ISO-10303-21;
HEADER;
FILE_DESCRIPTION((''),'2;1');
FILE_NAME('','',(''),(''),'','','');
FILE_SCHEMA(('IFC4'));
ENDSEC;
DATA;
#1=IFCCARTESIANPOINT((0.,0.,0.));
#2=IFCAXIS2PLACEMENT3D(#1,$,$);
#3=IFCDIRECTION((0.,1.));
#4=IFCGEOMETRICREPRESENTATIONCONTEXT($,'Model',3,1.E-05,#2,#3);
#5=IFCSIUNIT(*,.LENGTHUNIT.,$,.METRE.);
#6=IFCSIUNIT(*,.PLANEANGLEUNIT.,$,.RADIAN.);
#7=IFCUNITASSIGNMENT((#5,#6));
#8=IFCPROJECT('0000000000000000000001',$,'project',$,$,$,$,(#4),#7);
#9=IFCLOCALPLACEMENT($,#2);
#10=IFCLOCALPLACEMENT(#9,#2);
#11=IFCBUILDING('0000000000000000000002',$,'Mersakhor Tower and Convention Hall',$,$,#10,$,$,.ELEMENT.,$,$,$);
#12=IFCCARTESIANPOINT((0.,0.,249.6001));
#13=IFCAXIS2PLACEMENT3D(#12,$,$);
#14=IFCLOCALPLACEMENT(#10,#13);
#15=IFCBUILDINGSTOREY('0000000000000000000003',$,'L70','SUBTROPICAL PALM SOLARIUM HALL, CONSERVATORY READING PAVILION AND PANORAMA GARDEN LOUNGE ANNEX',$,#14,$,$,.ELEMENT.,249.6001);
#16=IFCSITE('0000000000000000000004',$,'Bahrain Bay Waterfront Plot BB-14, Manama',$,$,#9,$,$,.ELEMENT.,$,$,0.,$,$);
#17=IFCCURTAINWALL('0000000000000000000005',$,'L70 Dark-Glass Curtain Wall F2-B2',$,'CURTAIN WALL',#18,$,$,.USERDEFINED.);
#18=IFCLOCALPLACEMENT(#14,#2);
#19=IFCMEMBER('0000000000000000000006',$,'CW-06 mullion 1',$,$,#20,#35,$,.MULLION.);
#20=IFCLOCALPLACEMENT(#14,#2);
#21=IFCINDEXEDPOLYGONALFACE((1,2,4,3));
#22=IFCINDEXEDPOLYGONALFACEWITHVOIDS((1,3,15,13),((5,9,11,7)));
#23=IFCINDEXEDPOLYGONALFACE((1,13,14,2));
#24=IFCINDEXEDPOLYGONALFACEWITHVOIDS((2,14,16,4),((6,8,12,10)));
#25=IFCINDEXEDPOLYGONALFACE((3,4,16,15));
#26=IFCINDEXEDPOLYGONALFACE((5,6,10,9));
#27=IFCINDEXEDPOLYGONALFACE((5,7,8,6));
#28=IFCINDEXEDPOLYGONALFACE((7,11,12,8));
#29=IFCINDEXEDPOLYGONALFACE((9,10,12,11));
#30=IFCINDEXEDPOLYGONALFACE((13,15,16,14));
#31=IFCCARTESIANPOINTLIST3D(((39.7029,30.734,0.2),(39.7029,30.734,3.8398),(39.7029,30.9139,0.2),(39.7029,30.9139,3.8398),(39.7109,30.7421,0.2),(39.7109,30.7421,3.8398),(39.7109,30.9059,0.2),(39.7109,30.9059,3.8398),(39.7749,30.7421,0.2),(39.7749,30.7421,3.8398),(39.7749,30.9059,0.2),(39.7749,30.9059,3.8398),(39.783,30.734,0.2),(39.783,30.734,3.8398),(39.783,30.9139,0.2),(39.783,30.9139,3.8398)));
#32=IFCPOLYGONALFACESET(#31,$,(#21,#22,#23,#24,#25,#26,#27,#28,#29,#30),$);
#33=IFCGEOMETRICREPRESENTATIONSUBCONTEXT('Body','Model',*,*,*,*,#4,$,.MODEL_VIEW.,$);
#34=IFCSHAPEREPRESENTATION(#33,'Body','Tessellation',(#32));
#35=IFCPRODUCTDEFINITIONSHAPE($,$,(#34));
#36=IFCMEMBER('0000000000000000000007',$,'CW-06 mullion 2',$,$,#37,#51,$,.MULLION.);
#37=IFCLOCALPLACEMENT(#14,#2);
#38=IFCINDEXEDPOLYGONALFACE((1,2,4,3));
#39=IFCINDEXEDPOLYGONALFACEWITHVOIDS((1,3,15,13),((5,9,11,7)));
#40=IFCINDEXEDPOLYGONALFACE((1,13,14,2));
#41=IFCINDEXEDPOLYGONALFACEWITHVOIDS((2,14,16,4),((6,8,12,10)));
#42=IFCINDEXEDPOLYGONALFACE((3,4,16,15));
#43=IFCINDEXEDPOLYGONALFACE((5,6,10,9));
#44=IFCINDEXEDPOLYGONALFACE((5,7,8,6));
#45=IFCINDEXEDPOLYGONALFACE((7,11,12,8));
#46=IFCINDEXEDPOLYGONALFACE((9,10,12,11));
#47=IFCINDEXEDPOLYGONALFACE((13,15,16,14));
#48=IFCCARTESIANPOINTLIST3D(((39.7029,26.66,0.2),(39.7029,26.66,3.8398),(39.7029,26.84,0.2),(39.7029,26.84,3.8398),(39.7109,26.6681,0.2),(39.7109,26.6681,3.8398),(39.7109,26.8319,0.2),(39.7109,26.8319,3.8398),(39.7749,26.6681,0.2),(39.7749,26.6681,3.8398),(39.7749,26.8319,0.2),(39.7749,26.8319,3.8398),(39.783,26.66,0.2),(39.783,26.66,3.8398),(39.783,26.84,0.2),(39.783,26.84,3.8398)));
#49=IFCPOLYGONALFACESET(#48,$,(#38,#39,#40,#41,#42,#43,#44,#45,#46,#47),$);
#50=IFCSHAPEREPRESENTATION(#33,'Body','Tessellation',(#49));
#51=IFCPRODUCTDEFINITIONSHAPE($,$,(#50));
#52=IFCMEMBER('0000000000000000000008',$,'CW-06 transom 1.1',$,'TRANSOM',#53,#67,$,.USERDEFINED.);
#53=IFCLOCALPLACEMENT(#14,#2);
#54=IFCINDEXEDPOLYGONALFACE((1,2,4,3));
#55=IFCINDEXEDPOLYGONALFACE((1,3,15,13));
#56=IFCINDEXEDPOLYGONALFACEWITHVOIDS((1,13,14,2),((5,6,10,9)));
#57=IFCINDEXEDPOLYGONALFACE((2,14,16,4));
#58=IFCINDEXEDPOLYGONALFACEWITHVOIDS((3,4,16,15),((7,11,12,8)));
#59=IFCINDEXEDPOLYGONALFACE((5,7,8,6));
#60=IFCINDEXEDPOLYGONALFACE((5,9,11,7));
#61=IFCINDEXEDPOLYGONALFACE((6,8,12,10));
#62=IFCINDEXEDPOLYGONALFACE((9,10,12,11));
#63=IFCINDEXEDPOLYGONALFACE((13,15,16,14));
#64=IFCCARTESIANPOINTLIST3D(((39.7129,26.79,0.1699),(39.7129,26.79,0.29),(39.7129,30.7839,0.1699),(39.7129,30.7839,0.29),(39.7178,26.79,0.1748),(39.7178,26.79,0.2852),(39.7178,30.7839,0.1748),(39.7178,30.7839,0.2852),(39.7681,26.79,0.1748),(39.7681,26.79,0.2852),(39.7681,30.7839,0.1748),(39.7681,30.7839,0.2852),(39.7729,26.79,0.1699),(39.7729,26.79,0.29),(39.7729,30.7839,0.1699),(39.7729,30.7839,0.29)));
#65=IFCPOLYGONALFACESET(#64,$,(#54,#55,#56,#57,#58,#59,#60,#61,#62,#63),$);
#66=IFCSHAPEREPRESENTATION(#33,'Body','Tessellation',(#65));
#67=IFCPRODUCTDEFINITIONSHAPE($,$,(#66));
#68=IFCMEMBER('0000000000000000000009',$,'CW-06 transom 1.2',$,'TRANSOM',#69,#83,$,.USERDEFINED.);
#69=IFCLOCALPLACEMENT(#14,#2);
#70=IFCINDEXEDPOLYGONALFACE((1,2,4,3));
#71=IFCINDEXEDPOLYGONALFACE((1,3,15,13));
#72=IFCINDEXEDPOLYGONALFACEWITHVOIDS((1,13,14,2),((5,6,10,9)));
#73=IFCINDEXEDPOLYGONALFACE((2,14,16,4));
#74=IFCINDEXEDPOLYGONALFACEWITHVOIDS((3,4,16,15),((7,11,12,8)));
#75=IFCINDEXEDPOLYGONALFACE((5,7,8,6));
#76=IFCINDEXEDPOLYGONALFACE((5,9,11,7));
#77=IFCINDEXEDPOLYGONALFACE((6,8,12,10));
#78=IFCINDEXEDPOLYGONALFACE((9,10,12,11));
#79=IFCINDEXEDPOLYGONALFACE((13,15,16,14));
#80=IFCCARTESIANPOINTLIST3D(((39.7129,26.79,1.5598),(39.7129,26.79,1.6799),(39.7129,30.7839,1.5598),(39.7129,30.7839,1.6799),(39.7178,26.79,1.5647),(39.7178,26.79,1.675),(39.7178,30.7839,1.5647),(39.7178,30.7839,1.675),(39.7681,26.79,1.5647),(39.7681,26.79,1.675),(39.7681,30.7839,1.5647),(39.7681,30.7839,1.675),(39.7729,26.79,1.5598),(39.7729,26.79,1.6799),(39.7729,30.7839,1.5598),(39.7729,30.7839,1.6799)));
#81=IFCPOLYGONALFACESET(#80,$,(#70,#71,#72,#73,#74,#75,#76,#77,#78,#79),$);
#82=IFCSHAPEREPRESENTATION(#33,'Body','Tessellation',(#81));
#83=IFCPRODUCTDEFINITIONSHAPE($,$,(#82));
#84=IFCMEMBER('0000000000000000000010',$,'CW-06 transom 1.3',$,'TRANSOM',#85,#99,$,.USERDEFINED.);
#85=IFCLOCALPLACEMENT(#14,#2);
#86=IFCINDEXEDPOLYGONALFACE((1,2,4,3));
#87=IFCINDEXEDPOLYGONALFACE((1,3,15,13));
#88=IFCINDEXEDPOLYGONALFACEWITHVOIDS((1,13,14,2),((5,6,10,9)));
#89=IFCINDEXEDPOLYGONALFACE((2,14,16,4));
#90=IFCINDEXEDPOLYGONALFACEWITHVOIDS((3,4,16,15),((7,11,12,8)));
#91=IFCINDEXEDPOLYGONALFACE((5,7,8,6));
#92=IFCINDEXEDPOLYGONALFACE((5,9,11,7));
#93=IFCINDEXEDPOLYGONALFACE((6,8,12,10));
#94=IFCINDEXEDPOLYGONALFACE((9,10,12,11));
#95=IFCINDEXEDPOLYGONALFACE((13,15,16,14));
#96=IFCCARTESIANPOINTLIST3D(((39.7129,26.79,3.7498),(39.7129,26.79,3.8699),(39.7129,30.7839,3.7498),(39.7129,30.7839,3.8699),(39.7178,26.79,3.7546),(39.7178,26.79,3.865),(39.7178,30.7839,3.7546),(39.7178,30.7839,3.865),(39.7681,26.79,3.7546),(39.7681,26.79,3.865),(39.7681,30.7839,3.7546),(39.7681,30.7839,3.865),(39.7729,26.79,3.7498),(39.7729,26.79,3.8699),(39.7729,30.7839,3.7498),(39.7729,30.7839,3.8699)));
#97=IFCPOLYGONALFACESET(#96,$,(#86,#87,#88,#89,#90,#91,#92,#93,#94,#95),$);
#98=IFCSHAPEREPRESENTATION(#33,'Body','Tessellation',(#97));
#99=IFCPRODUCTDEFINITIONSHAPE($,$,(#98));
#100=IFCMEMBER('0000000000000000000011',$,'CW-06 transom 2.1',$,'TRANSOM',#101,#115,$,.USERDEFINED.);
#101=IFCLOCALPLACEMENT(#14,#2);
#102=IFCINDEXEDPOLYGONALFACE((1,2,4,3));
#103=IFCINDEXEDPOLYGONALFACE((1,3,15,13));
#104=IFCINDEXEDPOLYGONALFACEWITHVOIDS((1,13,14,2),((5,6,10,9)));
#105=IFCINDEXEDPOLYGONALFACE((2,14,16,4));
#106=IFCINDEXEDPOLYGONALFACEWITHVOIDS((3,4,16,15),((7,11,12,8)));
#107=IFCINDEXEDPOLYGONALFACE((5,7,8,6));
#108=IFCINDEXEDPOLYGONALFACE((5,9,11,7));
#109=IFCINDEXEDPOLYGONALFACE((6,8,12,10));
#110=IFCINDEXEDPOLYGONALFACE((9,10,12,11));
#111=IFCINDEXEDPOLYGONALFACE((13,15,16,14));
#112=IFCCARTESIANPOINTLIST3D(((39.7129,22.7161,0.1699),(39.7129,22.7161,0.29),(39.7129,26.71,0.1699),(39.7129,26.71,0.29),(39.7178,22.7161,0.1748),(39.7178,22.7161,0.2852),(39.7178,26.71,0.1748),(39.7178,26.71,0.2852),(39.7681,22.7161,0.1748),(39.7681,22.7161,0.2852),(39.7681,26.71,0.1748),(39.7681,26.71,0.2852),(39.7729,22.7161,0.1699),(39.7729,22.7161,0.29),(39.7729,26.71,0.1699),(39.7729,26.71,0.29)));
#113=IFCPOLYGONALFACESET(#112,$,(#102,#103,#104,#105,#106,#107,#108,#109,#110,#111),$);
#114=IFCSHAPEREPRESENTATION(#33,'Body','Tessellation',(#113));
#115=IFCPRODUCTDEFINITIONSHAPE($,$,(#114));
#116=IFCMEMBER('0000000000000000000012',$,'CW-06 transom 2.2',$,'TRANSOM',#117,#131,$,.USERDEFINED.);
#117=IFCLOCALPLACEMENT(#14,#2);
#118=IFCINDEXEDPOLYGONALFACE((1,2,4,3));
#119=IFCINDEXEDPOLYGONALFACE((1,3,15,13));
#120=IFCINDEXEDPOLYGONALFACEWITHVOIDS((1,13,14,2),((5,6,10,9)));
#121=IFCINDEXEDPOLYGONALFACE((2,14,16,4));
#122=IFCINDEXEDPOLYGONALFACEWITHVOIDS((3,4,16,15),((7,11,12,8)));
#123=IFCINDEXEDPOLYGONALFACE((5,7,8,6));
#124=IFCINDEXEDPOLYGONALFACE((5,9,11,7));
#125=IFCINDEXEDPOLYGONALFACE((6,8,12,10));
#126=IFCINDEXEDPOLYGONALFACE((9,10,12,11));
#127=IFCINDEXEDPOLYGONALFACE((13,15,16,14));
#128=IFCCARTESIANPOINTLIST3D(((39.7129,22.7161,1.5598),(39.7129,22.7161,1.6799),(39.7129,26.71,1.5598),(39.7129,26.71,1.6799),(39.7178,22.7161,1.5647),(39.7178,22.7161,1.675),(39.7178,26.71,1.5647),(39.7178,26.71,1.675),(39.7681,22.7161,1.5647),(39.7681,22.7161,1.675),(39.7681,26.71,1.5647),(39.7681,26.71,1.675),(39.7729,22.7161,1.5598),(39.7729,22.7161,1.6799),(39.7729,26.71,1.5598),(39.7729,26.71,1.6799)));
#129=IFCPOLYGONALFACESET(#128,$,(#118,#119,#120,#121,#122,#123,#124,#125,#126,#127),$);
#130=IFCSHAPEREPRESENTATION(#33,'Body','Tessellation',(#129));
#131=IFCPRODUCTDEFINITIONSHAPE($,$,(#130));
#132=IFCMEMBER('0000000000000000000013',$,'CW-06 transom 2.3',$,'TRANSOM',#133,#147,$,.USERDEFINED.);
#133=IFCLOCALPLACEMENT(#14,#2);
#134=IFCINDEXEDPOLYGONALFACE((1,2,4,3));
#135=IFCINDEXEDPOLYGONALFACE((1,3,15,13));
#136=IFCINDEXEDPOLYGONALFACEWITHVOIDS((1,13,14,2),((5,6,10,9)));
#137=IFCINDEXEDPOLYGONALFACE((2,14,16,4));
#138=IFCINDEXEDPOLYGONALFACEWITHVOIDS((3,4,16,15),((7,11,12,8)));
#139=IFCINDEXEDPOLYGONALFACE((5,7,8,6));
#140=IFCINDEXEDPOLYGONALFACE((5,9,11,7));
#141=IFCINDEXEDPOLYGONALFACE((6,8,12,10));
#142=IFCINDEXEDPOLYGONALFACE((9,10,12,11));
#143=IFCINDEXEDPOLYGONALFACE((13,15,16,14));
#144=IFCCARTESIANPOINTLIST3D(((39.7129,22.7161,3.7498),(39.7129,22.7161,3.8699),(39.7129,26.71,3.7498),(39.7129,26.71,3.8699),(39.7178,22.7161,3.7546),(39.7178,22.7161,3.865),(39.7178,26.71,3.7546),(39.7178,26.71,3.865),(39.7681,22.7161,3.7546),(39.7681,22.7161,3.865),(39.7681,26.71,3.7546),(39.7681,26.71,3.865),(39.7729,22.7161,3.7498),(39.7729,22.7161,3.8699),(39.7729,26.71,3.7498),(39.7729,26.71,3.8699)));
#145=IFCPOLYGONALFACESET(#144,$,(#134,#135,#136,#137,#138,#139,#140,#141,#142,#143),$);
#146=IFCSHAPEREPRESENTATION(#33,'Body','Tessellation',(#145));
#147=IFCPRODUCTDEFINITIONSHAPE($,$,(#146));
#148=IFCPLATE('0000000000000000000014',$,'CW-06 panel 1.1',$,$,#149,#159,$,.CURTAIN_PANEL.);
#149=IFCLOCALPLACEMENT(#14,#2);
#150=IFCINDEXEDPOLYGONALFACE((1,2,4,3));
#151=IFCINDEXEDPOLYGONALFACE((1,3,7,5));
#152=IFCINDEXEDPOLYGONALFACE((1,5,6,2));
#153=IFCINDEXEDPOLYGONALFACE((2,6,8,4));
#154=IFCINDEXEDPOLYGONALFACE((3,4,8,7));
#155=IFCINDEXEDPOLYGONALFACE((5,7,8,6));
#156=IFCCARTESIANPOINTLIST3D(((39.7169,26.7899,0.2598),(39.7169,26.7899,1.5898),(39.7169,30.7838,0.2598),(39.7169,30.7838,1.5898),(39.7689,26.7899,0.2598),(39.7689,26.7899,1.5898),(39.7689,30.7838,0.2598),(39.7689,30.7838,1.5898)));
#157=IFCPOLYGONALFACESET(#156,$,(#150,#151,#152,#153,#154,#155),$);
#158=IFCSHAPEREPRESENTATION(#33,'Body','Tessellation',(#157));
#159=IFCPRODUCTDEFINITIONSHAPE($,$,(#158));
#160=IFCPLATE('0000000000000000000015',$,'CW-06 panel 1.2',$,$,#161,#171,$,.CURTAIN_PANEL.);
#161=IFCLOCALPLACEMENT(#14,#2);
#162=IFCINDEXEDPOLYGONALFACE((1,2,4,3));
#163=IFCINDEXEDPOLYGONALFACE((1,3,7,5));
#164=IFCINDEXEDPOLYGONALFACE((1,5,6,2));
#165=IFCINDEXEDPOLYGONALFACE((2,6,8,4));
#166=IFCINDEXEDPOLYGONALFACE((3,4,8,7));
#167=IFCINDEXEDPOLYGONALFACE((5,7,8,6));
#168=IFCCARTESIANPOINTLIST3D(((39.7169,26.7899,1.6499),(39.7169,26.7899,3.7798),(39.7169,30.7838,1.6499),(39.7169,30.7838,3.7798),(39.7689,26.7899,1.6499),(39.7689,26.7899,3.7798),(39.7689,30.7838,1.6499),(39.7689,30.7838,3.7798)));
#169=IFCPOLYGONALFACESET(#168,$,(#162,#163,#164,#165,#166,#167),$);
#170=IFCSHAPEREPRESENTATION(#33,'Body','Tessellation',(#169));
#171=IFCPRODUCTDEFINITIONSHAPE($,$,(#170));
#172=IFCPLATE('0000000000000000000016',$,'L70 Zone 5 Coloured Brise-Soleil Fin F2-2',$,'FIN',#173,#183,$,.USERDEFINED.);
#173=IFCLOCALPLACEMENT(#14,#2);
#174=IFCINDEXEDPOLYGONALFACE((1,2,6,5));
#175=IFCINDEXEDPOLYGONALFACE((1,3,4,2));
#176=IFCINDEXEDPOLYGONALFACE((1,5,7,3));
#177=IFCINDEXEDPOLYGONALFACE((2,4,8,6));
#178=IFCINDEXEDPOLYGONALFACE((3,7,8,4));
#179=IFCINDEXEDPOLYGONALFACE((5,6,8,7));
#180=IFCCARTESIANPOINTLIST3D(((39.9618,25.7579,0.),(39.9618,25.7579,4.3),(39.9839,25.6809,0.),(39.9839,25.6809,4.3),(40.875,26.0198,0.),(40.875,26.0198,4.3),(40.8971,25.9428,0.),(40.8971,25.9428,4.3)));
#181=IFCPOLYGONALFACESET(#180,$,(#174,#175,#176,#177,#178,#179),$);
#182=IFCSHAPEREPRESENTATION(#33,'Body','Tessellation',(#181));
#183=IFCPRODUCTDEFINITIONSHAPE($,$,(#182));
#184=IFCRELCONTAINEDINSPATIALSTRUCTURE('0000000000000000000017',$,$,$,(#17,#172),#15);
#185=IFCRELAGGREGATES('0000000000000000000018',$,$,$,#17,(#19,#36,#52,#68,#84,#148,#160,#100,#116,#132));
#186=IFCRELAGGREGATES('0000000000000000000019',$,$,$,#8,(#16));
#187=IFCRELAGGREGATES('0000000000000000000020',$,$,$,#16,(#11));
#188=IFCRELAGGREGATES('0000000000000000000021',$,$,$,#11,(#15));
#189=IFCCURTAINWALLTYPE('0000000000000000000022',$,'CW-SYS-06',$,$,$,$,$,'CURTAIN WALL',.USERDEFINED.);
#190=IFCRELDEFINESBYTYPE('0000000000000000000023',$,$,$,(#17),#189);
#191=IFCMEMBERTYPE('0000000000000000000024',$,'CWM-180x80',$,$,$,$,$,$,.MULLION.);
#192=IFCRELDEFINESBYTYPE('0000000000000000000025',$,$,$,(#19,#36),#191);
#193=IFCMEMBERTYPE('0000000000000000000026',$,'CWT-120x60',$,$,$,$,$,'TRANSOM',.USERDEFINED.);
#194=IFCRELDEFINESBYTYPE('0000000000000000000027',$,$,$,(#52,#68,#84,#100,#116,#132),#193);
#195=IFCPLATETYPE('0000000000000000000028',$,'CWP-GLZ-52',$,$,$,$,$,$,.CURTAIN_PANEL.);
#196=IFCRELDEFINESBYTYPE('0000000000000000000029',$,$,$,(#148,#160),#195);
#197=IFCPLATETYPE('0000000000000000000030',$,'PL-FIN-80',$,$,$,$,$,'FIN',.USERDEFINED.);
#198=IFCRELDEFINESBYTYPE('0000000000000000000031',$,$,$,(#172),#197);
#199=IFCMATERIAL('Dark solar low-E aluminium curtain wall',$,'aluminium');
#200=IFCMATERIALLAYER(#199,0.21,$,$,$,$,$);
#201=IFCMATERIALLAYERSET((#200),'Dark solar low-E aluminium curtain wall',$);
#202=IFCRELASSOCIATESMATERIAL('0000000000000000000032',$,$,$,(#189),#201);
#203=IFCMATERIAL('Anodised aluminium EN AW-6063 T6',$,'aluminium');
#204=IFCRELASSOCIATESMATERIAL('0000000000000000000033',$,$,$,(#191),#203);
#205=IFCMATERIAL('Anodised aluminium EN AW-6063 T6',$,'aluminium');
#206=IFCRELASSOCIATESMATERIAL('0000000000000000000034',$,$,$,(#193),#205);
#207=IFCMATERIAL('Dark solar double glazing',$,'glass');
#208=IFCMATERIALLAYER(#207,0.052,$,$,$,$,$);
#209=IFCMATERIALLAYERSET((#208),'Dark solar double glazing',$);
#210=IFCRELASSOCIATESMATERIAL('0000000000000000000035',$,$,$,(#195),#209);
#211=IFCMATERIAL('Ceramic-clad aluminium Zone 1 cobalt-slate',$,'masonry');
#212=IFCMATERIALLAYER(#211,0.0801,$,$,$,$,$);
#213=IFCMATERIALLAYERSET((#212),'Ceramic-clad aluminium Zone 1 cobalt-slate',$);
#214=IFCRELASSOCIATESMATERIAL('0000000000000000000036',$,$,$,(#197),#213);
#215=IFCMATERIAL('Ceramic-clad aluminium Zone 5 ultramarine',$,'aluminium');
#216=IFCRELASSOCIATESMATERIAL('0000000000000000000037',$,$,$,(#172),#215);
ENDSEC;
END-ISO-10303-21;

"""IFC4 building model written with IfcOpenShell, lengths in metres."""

from ifc_helpers import new_model, si_unit, direction, frame, origin, origin_2d, place, context, subcontext, project, spatial, rectangle, hollow_rectangle, extrude, material, layer, layer_set, material_profile, profile_set, type_object, element, aggregate, save


model = new_model("IFC4")

# Units and contexts
model_context = context("Model", 3, precision=1e-05, world=origin(), true_north=direction((0.0, 1.0)))
body_context = subcontext(model_context, "Body", "Model", "MODEL_VIEW")
ifc_project = project(units=[si_unit("LENGTHUNIT", "METRE"), si_unit("PLANEANGLEUNIT", "RADIAN")], contexts=[model_context])

# Site, building, storey
site_placement = place(None, origin())
site = spatial("IfcSite", under=ifc_project, at=site_placement, Name="Bahrain Bay Waterfront Plot BB-14, Manama", CompositionType="ELEMENT", RefElevation=0.0)
building_placement = place(site_placement, origin())
building = spatial("IfcBuilding", under=site, at=building_placement, Name="Mersakhor Tower and Convention Hall", CompositionType="ELEMENT")
storey_placement = place(building_placement, frame((0.0, 0.0, 249.6001)))
storey = spatial("IfcBuildingStorey", under=building, at=storey_placement, Name="L70", Description="SUBTROPICAL PALM SOLARIUM HALL, CONSERVATORY READING PAVILION AND PANORAMA GARDEN LOUNGE ANNEX", CompositionType="ELEMENT", Elevation=249.6001)

# Curtain wall, members, plates
ifc_material_1 = material(Name="Dark solar low-E aluminium curtain wall", Category="aluminium")
ifc_layer_1 = layer(ifc_material_1, 0.21)
ifc_layer_set_1 = layer_set([ifc_layer_1], Name="Dark solar low-E aluminium curtain wall")
curtain_wall_type = type_object("IfcCurtainWallType", Name="CW-SYS-06", ElementType="CURTAIN WALL", PredefinedType="USERDEFINED", material=ifc_layer_set_1)
curtain_wall_placement = place(storey_placement, origin())
curtain_wall = element("IfcCurtainWall", 1, at=curtain_wall_placement, inside=storey, type_object=curtain_wall_type, Name="L70 Dark-Glass Curtain Wall F2-B2", ObjectType="CURTAIN WALL", PredefinedType="USERDEFINED")
ifc_material_2 = material(Name="Anodised aluminium EN AW-6063 T6", Category="aluminium")
ifc_material_profile_1 = material_profile(ifc_material_2, hollow_rectangle(XDim=0.0801, YDim=0.1799, WallThickness=0.0081, at=origin_2d()), Name="RHS 180x80x8")
ifc_profile_set_1 = profile_set([ifc_material_profile_1], Name="Anodised aluminium EN AW-6063 T6")
member_type_1 = type_object("IfcMemberType", Name="CWM-180x80", PredefinedType="MULLION", material=ifc_profile_set_1)
member_1_placement = place(storey_placement, frame((39.7429, 30.824, 0.2), z_axis=(0.0, 0.0, 1.0), x_axis=(1.0, 0.0, 0.0)))
member_1 = element("IfcMember", 2, at=member_1_placement, type_object=member_type_1, Name="CW-06 mullion 1", PredefinedType="MULLION", context=body_context, shape_type="SweptSolid", body=[
    extrude(hollow_rectangle(XDim=0.0801, YDim=0.1799, WallThickness=0.0081, at=origin_2d()), origin(), (0.0, 0.0, 1.0), 3.6399),
])
member_2_placement = place(storey_placement, frame((39.7429, 26.75, 0.2), z_axis=(0.0, 0.0, 1.0), x_axis=(1.0, 0.0, 0.0)))
member_2 = element("IfcMember", 3, at=member_2_placement, type_object=member_type_1, Name="CW-06 mullion 2", PredefinedType="MULLION", context=body_context, shape_type="SweptSolid", body=[
    extrude(hollow_rectangle(XDim=0.0801, YDim=0.1799, WallThickness=0.0081, at=origin_2d()), origin(), (0.0, 0.0, 1.0), 3.6399),
])
ifc_material_3 = material(Name="Anodised aluminium EN AW-6063 T6", Category="aluminium")
ifc_material_profile_2 = material_profile(ifc_material_3, hollow_rectangle(XDim=0.0601, YDim=0.1201, WallThickness=0.0049, at=origin_2d()), Name="RHS 120x60x5")
ifc_profile_set_2 = profile_set([ifc_material_profile_2], Name="Anodised aluminium EN AW-6063 T6")
member_type_2 = type_object("IfcMemberType", Name="CWT-120x60", ElementType="TRANSOM", PredefinedType="USERDEFINED", material=ifc_profile_set_2)
member_3_placement = place(storey_placement, frame((39.7429, 30.7839, 0.23), z_axis=(0.0, -1.0, 0.0), x_axis=(1.0, 0.0, 0.0)))
member_3 = element("IfcMember", 4, at=member_3_placement, type_object=member_type_2, Name="CW-06 transom 1.1", ObjectType="TRANSOM", PredefinedType="USERDEFINED", context=body_context, shape_type="SweptSolid", body=[
    extrude(hollow_rectangle(XDim=0.0601, YDim=0.1201, WallThickness=0.0049, at=origin_2d()), origin(), (0.0, 0.0, 1.0), 3.9939),
])
member_4_placement = place(storey_placement, frame((39.7429, 30.7839, 1.6199), z_axis=(0.0, -1.0, 0.0), x_axis=(1.0, 0.0, 0.0)))
member_4 = element("IfcMember", 5, at=member_4_placement, type_object=member_type_2, Name="CW-06 transom 1.2", ObjectType="TRANSOM", PredefinedType="USERDEFINED", context=body_context, shape_type="SweptSolid", body=[
    extrude(hollow_rectangle(XDim=0.0601, YDim=0.1201, WallThickness=0.0049, at=origin_2d()), origin(), (0.0, 0.0, 1.0), 3.9939),
])
member_5_placement = place(storey_placement, frame((39.7429, 30.7839, 3.8098), z_axis=(0.0, -1.0, 0.0), x_axis=(1.0, 0.0, 0.0)))
member_5 = element("IfcMember", 6, at=member_5_placement, type_object=member_type_2, Name="CW-06 transom 1.3", ObjectType="TRANSOM", PredefinedType="USERDEFINED", context=body_context, shape_type="SweptSolid", body=[
    extrude(hollow_rectangle(XDim=0.0601, YDim=0.1201, WallThickness=0.0049, at=origin_2d()), origin(), (0.0, 0.0, 1.0), 3.9939),
])
member_6_placement = place(storey_placement, frame((39.7429, 26.71, 0.23), z_axis=(0.0, -1.0, 0.0), x_axis=(1.0, 0.0, 0.0)))
member_6 = element("IfcMember", 7, at=member_6_placement, type_object=member_type_2, Name="CW-06 transom 2.1", ObjectType="TRANSOM", PredefinedType="USERDEFINED", context=body_context, shape_type="SweptSolid", body=[
    extrude(hollow_rectangle(XDim=0.0601, YDim=0.1201, WallThickness=0.0049, at=origin_2d()), origin(), (0.0, 0.0, 1.0), 3.9939),
])
member_7_placement = place(storey_placement, frame((39.7429, 26.71, 1.6199), z_axis=(0.0, -1.0, 0.0), x_axis=(1.0, 0.0, 0.0)))
member_7 = element("IfcMember", 8, at=member_7_placement, type_object=member_type_2, Name="CW-06 transom 2.2", ObjectType="TRANSOM", PredefinedType="USERDEFINED", context=body_context, shape_type="SweptSolid", body=[
    extrude(hollow_rectangle(XDim=0.0601, YDim=0.1201, WallThickness=0.0049, at=origin_2d()), origin(), (0.0, 0.0, 1.0), 3.9939),
])
member_8_placement = place(storey_placement, frame((39.7429, 26.71, 3.8098), z_axis=(0.0, -1.0, 0.0), x_axis=(1.0, 0.0, 0.0)))
member_8 = element("IfcMember", 9, at=member_8_placement, type_object=member_type_2, Name="CW-06 transom 2.3", ObjectType="TRANSOM", PredefinedType="USERDEFINED", context=body_context, shape_type="SweptSolid", body=[
    extrude(hollow_rectangle(XDim=0.0601, YDim=0.1201, WallThickness=0.0049, at=origin_2d()), origin(), (0.0, 0.0, 1.0), 3.9939),
])
ifc_material_4 = material(Name="Dark solar double glazing", Category="glass")
ifc_layer_2 = layer(ifc_material_4, 0.052)
ifc_layer_set_2 = layer_set([ifc_layer_2], Name="Dark solar double glazing")
plate_type_1 = type_object("IfcPlateType", Name="CWP-GLZ-52", PredefinedType="CURTAIN_PANEL", material=ifc_layer_set_2)
plate_1_placement = place(storey_placement, frame((39.7429, 28.7869, 0.2598), z_axis=(0.0, 0.0, 1.0), x_axis=(0.0, -1.0, 0.0)))
plate_1 = element("IfcPlate", 10, at=plate_1_placement, type_object=plate_type_1, Name="CW-06 panel 1.1", PredefinedType="CURTAIN_PANEL", context=body_context, shape_type="SweptSolid", body=[
    extrude(rectangle(XDim=3.9939, YDim=0.052, at=origin_2d()), origin(), (0.0, 0.0, 1.0), 1.3301),
])
plate_2_placement = place(storey_placement, frame((39.7429, 28.7869, 1.6499), z_axis=(0.0, 0.0, 1.0), x_axis=(0.0, -1.0, 0.0)))
plate_2 = element("IfcPlate", 11, at=plate_2_placement, type_object=plate_type_1, Name="CW-06 panel 1.2", PredefinedType="CURTAIN_PANEL", context=body_context, shape_type="SweptSolid", body=[
    extrude(rectangle(XDim=3.9939, YDim=0.052, at=origin_2d()), origin(), (0.0, 0.0, 1.0), 2.1299),
])
aggregate(curtain_wall, [member_1, member_2, member_3, member_4, member_5, plate_1, plate_2, member_6, member_7, member_8])

# Plate
ifc_material_5 = material(Name="Ceramic-clad aluminium Zone 5 ultramarine", Category="aluminium")
ifc_material_6 = material(Name="Ceramic-clad aluminium Zone 1 cobalt-slate", Category="masonry")
ifc_layer_3 = layer(ifc_material_6, 0.0801)
ifc_layer_set_3 = layer_set([ifc_layer_3], Name="Ceramic-clad aluminium Zone 1 cobalt-slate")
plate_type_2 = type_object("IfcPlateType", Name="PL-FIN-80", ElementType="FIN", PredefinedType="USERDEFINED", material=ifc_layer_set_3)
plate_3_placement = place(storey_placement, frame((40.4294, 25.8503, 0.0), z_axis=(0.0, 0.0, 1.0), x_axis=(0.961262, 0.275637, 0.0)))
element("IfcPlate", 12, at=plate_3_placement, inside=storey, type_object=plate_type_2, material=ifc_material_5, Name="L70 Zone 5 Coloured Brise-Soleil Fin F2-2", ObjectType="FIN", PredefinedType="USERDEFINED", context=body_context, shape_type="SweptSolid", body=[
    extrude(rectangle(XDim=0.95, YDim=0.0801, at=origin_2d()), origin(), (0.0, 0.0, 1.0), 4.3),
])

save(model, "model.ifc")
